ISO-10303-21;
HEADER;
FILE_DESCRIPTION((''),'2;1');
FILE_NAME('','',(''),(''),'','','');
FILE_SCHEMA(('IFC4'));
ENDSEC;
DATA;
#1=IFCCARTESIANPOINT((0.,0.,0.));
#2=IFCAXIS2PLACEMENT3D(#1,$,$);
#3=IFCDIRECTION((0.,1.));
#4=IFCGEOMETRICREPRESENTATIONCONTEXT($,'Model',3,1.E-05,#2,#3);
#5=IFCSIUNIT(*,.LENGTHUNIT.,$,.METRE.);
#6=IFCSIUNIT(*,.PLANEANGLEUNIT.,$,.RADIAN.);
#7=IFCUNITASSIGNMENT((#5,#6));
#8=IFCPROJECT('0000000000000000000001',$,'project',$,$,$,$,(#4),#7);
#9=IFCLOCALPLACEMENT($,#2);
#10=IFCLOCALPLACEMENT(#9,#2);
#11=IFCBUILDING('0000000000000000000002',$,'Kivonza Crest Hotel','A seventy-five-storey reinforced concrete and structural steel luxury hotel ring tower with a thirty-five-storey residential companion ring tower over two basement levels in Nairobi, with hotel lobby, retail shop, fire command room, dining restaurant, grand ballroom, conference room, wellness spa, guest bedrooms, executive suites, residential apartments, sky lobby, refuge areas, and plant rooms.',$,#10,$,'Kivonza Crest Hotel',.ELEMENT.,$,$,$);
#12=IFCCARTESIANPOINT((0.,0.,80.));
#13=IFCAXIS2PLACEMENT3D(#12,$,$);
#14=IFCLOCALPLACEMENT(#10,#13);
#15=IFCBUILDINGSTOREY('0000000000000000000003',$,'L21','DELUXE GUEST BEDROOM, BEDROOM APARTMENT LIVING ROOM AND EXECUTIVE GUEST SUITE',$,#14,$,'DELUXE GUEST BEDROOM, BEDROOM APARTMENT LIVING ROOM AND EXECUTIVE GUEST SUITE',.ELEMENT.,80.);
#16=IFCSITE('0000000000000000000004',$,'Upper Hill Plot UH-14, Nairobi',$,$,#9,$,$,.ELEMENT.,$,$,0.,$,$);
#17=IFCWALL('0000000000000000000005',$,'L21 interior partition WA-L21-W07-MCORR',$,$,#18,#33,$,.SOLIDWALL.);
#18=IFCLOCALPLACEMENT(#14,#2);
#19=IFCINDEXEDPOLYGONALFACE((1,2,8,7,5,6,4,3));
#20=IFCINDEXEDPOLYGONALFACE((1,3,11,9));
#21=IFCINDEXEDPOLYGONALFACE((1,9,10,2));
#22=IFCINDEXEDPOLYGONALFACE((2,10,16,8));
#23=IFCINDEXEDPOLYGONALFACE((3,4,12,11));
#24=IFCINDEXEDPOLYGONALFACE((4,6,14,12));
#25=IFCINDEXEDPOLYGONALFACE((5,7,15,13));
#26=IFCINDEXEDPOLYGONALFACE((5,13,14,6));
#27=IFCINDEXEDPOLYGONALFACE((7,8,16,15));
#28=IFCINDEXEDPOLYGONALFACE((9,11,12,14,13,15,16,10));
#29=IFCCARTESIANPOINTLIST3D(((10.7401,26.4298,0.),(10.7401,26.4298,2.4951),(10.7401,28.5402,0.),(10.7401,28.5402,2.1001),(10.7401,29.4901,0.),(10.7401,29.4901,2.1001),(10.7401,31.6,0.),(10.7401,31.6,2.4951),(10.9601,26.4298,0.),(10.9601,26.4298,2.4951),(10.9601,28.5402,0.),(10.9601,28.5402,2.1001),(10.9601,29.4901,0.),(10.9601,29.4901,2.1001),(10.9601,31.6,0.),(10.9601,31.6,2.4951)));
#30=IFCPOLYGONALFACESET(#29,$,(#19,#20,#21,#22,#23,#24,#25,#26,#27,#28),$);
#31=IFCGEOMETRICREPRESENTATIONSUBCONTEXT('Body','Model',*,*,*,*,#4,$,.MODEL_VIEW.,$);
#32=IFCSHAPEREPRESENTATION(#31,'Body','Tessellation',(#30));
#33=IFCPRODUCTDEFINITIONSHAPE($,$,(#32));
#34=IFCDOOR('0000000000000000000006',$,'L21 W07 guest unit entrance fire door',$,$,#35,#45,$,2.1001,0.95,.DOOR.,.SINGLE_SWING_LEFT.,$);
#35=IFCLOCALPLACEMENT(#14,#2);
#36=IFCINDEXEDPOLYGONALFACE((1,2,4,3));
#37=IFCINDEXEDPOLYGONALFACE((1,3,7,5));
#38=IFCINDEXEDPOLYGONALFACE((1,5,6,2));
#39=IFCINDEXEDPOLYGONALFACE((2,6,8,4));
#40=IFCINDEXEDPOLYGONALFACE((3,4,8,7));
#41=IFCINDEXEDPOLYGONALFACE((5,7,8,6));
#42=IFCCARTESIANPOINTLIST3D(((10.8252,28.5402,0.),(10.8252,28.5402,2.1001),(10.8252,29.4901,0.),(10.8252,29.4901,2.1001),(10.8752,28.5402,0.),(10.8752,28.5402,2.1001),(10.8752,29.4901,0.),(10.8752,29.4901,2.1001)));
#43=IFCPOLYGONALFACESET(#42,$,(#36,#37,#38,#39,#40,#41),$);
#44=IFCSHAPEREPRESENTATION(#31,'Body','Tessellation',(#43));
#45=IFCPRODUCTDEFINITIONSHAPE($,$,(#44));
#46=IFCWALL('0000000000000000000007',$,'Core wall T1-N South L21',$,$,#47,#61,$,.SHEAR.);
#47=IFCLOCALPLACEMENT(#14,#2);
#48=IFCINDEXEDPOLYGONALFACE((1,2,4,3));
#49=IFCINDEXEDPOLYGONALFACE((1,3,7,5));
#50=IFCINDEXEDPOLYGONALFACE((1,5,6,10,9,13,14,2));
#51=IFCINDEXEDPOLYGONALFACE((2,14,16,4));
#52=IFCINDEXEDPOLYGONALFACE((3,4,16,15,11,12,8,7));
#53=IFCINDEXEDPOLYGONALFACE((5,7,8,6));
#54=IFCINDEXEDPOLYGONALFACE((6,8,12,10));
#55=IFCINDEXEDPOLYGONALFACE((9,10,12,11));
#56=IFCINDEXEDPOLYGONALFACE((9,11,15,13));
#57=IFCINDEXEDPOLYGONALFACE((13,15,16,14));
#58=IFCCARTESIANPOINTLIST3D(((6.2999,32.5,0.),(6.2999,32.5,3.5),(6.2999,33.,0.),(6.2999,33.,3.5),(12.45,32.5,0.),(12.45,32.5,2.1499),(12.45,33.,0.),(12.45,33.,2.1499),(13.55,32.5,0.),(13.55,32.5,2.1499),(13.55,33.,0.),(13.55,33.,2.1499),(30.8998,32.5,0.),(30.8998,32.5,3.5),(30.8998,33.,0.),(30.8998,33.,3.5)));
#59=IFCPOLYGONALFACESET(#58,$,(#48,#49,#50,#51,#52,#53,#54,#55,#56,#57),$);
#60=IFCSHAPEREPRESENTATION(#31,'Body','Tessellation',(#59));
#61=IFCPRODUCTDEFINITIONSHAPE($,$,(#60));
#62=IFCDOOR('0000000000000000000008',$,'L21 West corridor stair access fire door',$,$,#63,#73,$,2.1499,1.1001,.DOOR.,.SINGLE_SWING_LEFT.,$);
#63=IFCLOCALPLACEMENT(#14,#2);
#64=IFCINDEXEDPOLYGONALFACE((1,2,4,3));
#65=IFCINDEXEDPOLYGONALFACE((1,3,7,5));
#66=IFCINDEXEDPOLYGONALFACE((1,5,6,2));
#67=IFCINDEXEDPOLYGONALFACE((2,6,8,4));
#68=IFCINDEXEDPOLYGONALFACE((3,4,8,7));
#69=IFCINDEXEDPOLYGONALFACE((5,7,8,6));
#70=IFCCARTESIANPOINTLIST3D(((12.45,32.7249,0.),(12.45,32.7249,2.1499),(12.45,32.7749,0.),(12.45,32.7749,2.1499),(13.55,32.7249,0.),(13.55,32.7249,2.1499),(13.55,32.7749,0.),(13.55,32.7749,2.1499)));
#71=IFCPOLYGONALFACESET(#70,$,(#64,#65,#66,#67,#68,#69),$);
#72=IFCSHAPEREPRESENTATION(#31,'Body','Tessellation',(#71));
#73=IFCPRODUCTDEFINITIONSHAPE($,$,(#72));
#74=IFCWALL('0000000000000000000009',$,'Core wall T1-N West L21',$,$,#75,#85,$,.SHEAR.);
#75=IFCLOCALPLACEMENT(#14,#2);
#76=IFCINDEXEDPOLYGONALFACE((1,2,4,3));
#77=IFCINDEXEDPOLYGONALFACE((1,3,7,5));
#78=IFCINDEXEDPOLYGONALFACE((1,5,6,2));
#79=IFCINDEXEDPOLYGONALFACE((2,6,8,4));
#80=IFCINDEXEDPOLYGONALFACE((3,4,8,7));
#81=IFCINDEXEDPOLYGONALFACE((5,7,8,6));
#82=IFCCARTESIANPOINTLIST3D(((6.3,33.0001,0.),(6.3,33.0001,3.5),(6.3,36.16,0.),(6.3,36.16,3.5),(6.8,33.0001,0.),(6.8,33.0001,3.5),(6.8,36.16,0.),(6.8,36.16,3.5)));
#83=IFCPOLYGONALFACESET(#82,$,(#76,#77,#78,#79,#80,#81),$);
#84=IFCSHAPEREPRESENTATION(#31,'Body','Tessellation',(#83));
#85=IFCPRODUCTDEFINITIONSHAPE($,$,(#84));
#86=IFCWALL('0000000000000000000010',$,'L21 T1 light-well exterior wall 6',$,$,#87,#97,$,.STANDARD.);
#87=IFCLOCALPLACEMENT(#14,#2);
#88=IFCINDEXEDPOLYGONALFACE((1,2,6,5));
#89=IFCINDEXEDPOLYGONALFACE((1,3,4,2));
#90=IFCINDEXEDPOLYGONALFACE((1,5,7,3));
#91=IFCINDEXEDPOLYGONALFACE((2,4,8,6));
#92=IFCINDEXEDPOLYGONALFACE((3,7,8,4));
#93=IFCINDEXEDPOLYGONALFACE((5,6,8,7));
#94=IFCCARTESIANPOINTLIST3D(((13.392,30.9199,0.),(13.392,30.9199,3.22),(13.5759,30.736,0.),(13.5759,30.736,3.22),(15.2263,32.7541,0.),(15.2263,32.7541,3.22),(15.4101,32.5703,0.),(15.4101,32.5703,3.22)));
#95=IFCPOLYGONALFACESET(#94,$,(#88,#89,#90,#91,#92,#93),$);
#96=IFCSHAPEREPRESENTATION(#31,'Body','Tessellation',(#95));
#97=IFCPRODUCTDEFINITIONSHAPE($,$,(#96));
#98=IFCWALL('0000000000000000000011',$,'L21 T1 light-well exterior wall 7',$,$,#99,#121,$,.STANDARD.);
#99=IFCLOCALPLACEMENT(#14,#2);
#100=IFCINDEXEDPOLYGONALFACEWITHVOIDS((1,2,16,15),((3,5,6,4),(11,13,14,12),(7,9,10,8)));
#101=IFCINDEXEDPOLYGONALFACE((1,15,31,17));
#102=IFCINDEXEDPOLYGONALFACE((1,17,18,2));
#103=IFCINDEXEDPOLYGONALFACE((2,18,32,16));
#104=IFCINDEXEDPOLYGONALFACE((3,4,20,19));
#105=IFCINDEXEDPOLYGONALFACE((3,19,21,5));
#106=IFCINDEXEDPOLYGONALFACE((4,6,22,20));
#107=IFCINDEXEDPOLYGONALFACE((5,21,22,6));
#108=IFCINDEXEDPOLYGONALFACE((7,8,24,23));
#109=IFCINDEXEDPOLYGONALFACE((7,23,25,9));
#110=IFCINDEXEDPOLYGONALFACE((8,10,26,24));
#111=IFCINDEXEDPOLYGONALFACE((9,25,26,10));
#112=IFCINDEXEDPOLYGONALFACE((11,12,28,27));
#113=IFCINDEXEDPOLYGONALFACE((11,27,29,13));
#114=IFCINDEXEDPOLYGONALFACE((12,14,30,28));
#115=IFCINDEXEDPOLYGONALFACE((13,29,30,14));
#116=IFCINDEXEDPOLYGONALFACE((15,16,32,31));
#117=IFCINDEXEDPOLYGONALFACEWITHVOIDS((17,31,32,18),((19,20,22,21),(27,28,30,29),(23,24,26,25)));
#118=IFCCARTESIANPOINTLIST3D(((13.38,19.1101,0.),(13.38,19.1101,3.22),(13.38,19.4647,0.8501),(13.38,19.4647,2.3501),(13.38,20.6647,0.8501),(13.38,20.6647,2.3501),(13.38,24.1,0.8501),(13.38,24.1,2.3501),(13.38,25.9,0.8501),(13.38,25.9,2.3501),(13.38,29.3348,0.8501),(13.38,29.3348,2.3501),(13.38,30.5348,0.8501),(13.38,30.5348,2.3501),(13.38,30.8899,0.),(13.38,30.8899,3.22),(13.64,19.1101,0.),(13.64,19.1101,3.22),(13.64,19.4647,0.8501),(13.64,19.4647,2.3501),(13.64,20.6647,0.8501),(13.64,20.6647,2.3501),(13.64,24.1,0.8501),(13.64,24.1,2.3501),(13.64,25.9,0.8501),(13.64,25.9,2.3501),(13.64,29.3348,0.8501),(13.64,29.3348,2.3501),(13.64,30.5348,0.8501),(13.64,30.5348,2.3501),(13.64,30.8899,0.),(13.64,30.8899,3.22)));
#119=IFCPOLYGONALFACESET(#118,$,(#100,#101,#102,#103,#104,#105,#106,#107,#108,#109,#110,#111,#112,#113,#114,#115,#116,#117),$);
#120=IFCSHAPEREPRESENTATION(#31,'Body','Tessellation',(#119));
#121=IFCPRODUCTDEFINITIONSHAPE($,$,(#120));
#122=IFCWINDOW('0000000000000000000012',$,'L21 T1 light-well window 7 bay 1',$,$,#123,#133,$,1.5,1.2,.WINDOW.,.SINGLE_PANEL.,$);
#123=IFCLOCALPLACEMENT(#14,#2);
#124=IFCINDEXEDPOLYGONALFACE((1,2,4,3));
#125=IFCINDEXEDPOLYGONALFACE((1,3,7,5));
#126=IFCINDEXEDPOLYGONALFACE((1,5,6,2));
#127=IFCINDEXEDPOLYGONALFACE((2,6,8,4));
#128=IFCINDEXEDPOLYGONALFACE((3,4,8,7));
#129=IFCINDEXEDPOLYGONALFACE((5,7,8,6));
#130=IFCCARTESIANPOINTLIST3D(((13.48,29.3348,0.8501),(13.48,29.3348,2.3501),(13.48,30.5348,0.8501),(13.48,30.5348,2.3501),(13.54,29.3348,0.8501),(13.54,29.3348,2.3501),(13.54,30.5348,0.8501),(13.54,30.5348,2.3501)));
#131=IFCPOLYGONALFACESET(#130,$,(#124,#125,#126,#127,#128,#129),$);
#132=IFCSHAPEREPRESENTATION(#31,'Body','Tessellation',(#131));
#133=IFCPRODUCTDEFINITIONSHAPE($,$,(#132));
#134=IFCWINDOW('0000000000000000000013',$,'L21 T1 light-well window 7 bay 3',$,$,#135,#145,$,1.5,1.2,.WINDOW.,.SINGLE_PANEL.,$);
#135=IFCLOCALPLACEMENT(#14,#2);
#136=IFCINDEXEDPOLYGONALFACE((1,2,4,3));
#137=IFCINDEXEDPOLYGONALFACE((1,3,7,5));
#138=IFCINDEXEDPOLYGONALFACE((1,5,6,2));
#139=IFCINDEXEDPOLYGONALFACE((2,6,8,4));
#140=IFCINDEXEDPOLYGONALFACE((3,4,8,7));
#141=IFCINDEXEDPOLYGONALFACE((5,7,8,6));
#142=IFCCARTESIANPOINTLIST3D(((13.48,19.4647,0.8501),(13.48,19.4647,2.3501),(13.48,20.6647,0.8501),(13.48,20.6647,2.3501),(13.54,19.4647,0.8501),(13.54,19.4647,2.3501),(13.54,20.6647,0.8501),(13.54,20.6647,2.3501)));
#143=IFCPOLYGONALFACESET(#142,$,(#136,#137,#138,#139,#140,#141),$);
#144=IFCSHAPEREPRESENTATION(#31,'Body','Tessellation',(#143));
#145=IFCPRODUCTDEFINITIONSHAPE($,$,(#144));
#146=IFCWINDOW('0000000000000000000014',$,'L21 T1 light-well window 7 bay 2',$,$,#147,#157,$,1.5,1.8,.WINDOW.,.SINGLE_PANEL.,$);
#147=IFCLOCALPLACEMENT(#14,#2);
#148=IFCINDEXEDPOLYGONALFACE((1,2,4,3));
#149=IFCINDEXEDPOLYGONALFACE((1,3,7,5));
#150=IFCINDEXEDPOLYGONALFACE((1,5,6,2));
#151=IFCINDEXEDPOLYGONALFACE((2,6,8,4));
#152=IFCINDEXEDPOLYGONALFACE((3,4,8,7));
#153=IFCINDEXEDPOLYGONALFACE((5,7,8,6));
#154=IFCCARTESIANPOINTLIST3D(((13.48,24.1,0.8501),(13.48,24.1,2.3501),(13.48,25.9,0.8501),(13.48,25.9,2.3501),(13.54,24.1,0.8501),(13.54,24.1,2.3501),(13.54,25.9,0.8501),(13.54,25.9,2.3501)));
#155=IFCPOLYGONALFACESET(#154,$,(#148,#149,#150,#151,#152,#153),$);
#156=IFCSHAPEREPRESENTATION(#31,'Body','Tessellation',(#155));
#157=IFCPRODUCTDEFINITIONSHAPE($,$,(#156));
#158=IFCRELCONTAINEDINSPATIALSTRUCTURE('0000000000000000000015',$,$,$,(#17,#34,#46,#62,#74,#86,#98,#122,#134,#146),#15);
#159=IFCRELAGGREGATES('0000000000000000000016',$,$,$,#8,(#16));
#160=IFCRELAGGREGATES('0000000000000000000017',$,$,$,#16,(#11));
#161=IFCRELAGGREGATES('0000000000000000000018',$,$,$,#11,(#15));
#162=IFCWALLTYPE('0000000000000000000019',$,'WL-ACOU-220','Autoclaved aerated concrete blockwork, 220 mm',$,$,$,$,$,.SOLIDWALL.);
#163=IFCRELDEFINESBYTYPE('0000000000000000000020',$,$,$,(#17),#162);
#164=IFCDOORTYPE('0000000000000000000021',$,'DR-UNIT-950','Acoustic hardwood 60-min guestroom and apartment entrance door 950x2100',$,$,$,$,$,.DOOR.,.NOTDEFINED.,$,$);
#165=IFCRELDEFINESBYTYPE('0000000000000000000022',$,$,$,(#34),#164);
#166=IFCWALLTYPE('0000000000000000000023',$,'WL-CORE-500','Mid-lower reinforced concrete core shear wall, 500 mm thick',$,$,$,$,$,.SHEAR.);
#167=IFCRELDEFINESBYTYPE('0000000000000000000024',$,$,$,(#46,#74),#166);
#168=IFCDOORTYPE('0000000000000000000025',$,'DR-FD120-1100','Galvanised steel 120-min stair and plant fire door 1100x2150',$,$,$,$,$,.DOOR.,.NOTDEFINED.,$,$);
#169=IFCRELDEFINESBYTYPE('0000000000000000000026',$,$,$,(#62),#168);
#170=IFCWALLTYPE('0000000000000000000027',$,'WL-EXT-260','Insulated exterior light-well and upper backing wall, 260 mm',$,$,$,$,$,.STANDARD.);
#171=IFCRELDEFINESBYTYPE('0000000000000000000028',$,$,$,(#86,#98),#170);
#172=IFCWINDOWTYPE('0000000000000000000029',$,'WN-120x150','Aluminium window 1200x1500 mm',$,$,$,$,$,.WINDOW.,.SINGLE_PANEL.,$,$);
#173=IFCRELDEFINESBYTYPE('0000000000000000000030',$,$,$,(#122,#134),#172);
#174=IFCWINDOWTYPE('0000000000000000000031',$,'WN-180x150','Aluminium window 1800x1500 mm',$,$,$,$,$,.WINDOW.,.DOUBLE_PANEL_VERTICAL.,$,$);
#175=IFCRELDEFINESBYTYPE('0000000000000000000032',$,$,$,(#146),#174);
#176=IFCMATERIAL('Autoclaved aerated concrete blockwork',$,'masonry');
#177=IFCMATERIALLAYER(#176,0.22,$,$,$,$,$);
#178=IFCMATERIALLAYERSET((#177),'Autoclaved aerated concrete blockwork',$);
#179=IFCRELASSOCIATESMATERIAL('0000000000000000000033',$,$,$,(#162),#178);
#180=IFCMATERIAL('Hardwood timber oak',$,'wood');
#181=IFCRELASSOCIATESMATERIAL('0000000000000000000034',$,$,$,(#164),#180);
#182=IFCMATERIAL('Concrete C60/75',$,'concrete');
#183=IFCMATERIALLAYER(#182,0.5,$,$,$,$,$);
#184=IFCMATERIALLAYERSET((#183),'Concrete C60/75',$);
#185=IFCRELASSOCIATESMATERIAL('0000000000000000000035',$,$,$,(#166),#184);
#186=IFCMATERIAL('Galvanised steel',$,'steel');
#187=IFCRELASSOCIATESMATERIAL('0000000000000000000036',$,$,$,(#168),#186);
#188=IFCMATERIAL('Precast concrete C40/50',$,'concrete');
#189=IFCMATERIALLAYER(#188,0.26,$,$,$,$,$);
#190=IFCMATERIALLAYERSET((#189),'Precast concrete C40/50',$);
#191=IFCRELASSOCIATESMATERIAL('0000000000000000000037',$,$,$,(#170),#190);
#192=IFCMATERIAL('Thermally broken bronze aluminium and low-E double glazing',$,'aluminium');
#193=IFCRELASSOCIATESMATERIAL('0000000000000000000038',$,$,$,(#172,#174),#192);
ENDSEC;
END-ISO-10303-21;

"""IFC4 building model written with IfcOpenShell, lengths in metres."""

from ifc_helpers import new_model, si_unit, direction, frame, frame_2d, origin, place, context, subcontext, project, spatial, rectangle, extrude, material, layer, layer_set, type_object, element, fill, save


model = new_model("IFC4")

# Units and contexts
model_context = context("Model", 3, precision=1e-05, world=origin(), true_north=direction((0.0, 1.0)))
body_context = subcontext(model_context, "Body", "Model", "MODEL_VIEW")
ifc_project = project(units=[si_unit("LENGTHUNIT", "METRE"), si_unit("PLANEANGLEUNIT", "RADIAN")], contexts=[model_context])

# Site, building, storey
site_placement = place(None, origin())
site = spatial("IfcSite", under=ifc_project, at=site_placement, Name="Upper Hill Plot UH-14, Nairobi", CompositionType="ELEMENT", RefElevation=0.0)
building_placement = place(site_placement, origin())
building = spatial("IfcBuilding", under=site, at=building_placement, Name="Kivonza Crest Hotel", Description="A seventy-five-storey reinforced concrete and structural steel luxury hotel ring tower with a thirty-five-storey residential companion ring tower over two basement levels in Nairobi, with hotel lobby, retail shop, fire command room, dining restaurant, grand ballroom, conference room, wellness spa, guest bedrooms, executive suites, residential apartments, sky lobby, refuge areas, and plant rooms.", LongName="Kivonza Crest Hotel", CompositionType="ELEMENT")
storey_placement = place(building_placement, frame((0.0, 0.0, 80.0)))
storey = spatial("IfcBuildingStorey", under=building, at=storey_placement, Name="L21", Description="DELUXE GUEST BEDROOM, BEDROOM APARTMENT LIVING ROOM AND EXECUTIVE GUEST SUITE", LongName="DELUXE GUEST BEDROOM, BEDROOM APARTMENT LIVING ROOM AND EXECUTIVE GUEST SUITE", CompositionType="ELEMENT", Elevation=80.0)

# Shared definitions
ifc_material_1 = material(Name="Autoclaved aerated concrete blockwork", Category="masonry")
ifc_layer_1 = layer(ifc_material_1, 0.22)
ifc_layer_set_1 = layer_set([ifc_layer_1], Name="Autoclaved aerated concrete blockwork")
wall_type_1 = type_object("IfcWallType", Name="WL-ACOU-220", Description="Autoclaved aerated concrete blockwork, 220 mm", PredefinedType="SOLIDWALL", material=ifc_layer_set_1)

# Walls, openings, doors
wall_1_placement = place(storey_placement, frame((10.8501, 26.4299, 0.0), z_axis=(0.0, 0.0, 1.0), x_axis=(0.0, 1.0, 0.0)))
wall_1 = element("IfcWall", 1, at=wall_1_placement, inside=storey, type_object=wall_type_1, Name="L21 interior partition WA-L21-W07-MCORR", PredefinedType="SOLIDWALL", context=body_context, shape_type="SweptSolid", body=[
    extrude(rectangle(XDim=5.1702, YDim=0.22, at=frame_2d((2.585, 0.0))), origin(), (0.0, 0.0, 1.0), 2.4951),
])
opening_1_placement = place(wall_1_placement, frame((2.1101, 0.0, 0.0)))
opening_1 = element("IfcOpeningElement", 2, at=opening_1_placement, cuts=wall_1, PredefinedType="OPENING", context=body_context, shape_type="SweptSolid", body=[
    extrude(rectangle(XDim=0.95, YDim=2.1001, at=frame_2d((0.4751, 1.05))), frame((0.0, 0.1201, 0.0), z_axis=(0.0, -1.0, 0.0), x_axis=(1.0, 0.0, 0.0)), (0.0, 0.0, 1.0), 0.24),
])
ifc_material_2 = material(Name="Hardwood timber oak", Category="wood")
door_type_1 = type_object("IfcDoorType", Name="DR-UNIT-950", Description="Acoustic hardwood 60-min guestroom and apartment entrance door 950x2100", OperationType="NOTDEFINED", PredefinedType="DOOR", material=ifc_material_2)
door_1_placement = place(opening_1_placement, origin())
door_1 = element("IfcDoor", 3, at=door_1_placement, inside=storey, type_object=door_type_1, Name="L21 W07 guest unit entrance fire door", OperationType="SINGLE_SWING_LEFT", OverallHeight=2.1001, OverallWidth=0.95, PredefinedType="DOOR", context=body_context, shape_type="SweptSolid", body=[
    extrude(rectangle(XDim=0.95, YDim=2.1001, at=frame_2d((0.4751, 1.05))), frame((0.0, 0.0249, 0.0), z_axis=(0.0, -1.0, 0.0), x_axis=(1.0, 0.0, 0.0)), (0.0, 0.0, 1.0), 0.05),
])
fill(opening_1, door_1)
ifc_material_3 = material(Name="Concrete C60/75", Category="concrete")
ifc_layer_2 = layer(ifc_material_3, 0.5)
ifc_layer_set_2 = layer_set([ifc_layer_2], Name="Concrete C60/75")
wall_type_2 = type_object("IfcWallType", Name="WL-CORE-500", Description="Mid-lower reinforced concrete core shear wall, 500 mm thick", PredefinedType="SHEAR", material=ifc_layer_set_2)
wall_2_placement = place(storey_placement, frame((6.3, 32.75, 0.0), z_axis=(0.0, 0.0, 1.0), x_axis=(1.0, 0.0, 0.0)))
wall_2 = element("IfcWall", 4, at=wall_2_placement, inside=storey, type_object=wall_type_2, Name="Core wall T1-N South L21", PredefinedType="SHEAR", context=body_context, shape_type="SweptSolid", body=[
    extrude(rectangle(XDim=24.5999, YDim=0.5, at=frame_2d((12.2998, 0.0))), origin(), (0.0, 0.0, 1.0), 3.5),
])
opening_2_placement = place(wall_2_placement, frame((6.1499, 0.0, 0.0)))
opening_2 = element("IfcOpeningElement", 5, at=opening_2_placement, cuts=wall_2, PredefinedType="OPENING", context=body_context, shape_type="SweptSolid", body=[
    extrude(rectangle(XDim=1.1001, YDim=2.1499, at=frame_2d((0.55, 1.075))), frame((0.0, 0.26, 0.0), z_axis=(0.0, -1.0, 0.0), x_axis=(1.0, 0.0, 0.0)), (0.0, 0.0, 1.0), 0.52),
])
ifc_material_4 = material(Name="Galvanised steel", Category="steel")
door_type_2 = type_object("IfcDoorType", Name="DR-FD120-1100", Description="Galvanised steel 120-min stair and plant fire door 1100x2150", OperationType="NOTDEFINED", PredefinedType="DOOR", material=ifc_material_4)
door_2_placement = place(opening_2_placement, origin())
door_2 = element("IfcDoor", 6, at=door_2_placement, inside=storey, type_object=door_type_2, Name="L21 West corridor stair access fire door", OperationType="SINGLE_SWING_LEFT", OverallHeight=2.1499, OverallWidth=1.1001, PredefinedType="DOOR", context=body_context, shape_type="SweptSolid", body=[
    extrude(rectangle(XDim=1.1001, YDim=2.1499, at=frame_2d((0.55, 1.075))), frame((0.0, 0.0249, 0.0), z_axis=(0.0, -1.0, 0.0), x_axis=(1.0, 0.0, 0.0)), (0.0, 0.0, 1.0), 0.05),
])
fill(opening_2, door_2)

# Walls
wall_3_placement = place(storey_placement, frame((6.55, 33.0, 0.0), z_axis=(0.0, 0.0, 1.0), x_axis=(0.0, 1.0, 0.0)))
element("IfcWall", 7, at=wall_3_placement, inside=storey, type_object=wall_type_2, Name="Core wall T1-N West L21", PredefinedType="SHEAR", context=body_context, shape_type="SweptSolid", body=[
    extrude(rectangle(XDim=3.1599, YDim=0.5, at=frame_2d((1.5801, 0.0))), origin(), (0.0, 0.0, 1.0), 3.5),
])
ifc_material_5 = material(Name="Precast concrete C40/50", Category="concrete")
ifc_layer_3 = layer(ifc_material_5, 0.26)
ifc_layer_set_3 = layer_set([ifc_layer_3], Name="Precast concrete C40/50")
wall_type_3 = type_object("IfcWallType", Name="WL-EXT-260", Description="Insulated exterior light-well and upper backing wall, 260 mm", PredefinedType="STANDARD", material=ifc_layer_set_3)
wall_4_placement = place(storey_placement, frame((15.3181, 32.6621, 0.0), z_axis=(0.0, 0.0, 1.0), x_axis=(-0.707107, -0.707107, 0.0)))
element("IfcWall", 8, at=wall_4_placement, inside=storey, type_object=wall_type_3, Name="L21 T1 light-well exterior wall 6", PredefinedType="STANDARD", context=body_context, shape_type="SweptSolid", body=[
    extrude(rectangle(XDim=2.594, YDim=0.26, at=frame_2d((1.2969, 0.0))), origin(), (0.0, 0.0, 1.0), 3.22),
])

# Wall, openings, windows
wall_5_placement = place(storey_placement, frame((13.51, 30.8899, 0.0), z_axis=(0.0, 0.0, 1.0), x_axis=(0.0, -1.0, 0.0)))
wall_5 = element("IfcWall", 9, at=wall_5_placement, inside=storey, type_object=wall_type_3, Name="L21 T1 light-well exterior wall 7", PredefinedType="STANDARD", context=body_context, shape_type="SweptSolid", body=[
    extrude(rectangle(XDim=11.7798, YDim=0.26, at=frame_2d((5.8899, 0.0))), origin(), (0.0, 0.0, 1.0), 3.22),
])
opening_3_placement = place(wall_5_placement, frame((0.355, 0.0, 0.8501)))
opening_3 = element("IfcOpeningElement", 10, at=opening_3_placement, cuts=wall_5, PredefinedType="OPENING", context=body_context, shape_type="SweptSolid", body=[
    extrude(rectangle(XDim=1.2, YDim=1.5, at=frame_2d((0.6001, 0.75))), frame((0.0, 0.1401, 0.0), z_axis=(0.0, -1.0, 0.0), x_axis=(1.0, 0.0, 0.0)), (0.0, 0.0, 1.0), 0.28),
])
opening_4_placement = place(wall_5_placement, frame((4.99, 0.0, 0.8501)))
opening_4 = element("IfcOpeningElement", 11, at=opening_4_placement, cuts=wall_5, PredefinedType="OPENING", context=body_context, shape_type="SweptSolid", body=[
    extrude(rectangle(XDim=1.8, YDim=1.5, at=frame_2d((0.8999, 0.75))), frame((0.0, 0.1401, 0.0), z_axis=(0.0, -1.0, 0.0), x_axis=(1.0, 0.0, 0.0)), (0.0, 0.0, 1.0), 0.28),
])
opening_5_placement = place(wall_5_placement, frame((10.2251, 0.0, 0.8501)))
opening_5 = element("IfcOpeningElement", 12, at=opening_5_placement, cuts=wall_5, PredefinedType="OPENING", context=body_context, shape_type="SweptSolid", body=[
    extrude(rectangle(XDim=1.2, YDim=1.5, at=frame_2d((0.6001, 0.75))), frame((0.0, 0.1401, 0.0), z_axis=(0.0, -1.0, 0.0), x_axis=(1.0, 0.0, 0.0)), (0.0, 0.0, 1.0), 0.28),
])
ifc_material_6 = material(Name="Thermally broken bronze aluminium and low-E double glazing", Category="aluminium")
window_type_1 = type_object("IfcWindowType", Name="WN-120x150", Description="Aluminium window 1200x1500 mm", PartitioningType="SINGLE_PANEL", PredefinedType="WINDOW", material=ifc_material_6)
window_1_placement = place(opening_3_placement, origin())
window_1 = element("IfcWindow", 13, at=window_1_placement, inside=storey, type_object=window_type_1, Name="L21 T1 light-well window 7 bay 1", OverallHeight=1.5, OverallWidth=1.2, PartitioningType="SINGLE_PANEL", PredefinedType="WINDOW", context=body_context, shape_type="SweptSolid", body=[
    extrude(rectangle(XDim=1.2, YDim=1.5, at=frame_2d((0.6001, 0.75))), frame((0.0, 0.03, 0.0), z_axis=(0.0, -1.0, 0.0), x_axis=(1.0, 0.0, 0.0)), (0.0, 0.0, 1.0), 0.0601),
])
fill(opening_3, window_1)
window_2_placement = place(opening_5_placement, origin())
window_2 = element("IfcWindow", 14, at=window_2_placement, inside=storey, type_object=window_type_1, Name="L21 T1 light-well window 7 bay 3", OverallHeight=1.5, OverallWidth=1.2, PartitioningType="SINGLE_PANEL", PredefinedType="WINDOW", context=body_context, shape_type="SweptSolid", body=[
    extrude(rectangle(XDim=1.2, YDim=1.5, at=frame_2d((0.6001, 0.75))), frame((0.0, 0.03, 0.0), z_axis=(0.0, -1.0, 0.0), x_axis=(1.0, 0.0, 0.0)), (0.0, 0.0, 1.0), 0.0601),
])
fill(opening_5, window_2)
window_type_2 = type_object("IfcWindowType", Name="WN-180x150", Description="Aluminium window 1800x1500 mm", PartitioningType="DOUBLE_PANEL_VERTICAL", PredefinedType="WINDOW", material=ifc_material_6)
window_3_placement = place(opening_4_placement, origin())
window_3 = element("IfcWindow", 15, at=window_3_placement, inside=storey, type_object=window_type_2, Name="L21 T1 light-well window 7 bay 2", OverallHeight=1.5, OverallWidth=1.8, PartitioningType="SINGLE_PANEL", PredefinedType="WINDOW", context=body_context, shape_type="SweptSolid", body=[
    extrude(rectangle(XDim=1.8, YDim=1.5, at=frame_2d((0.8999, 0.75))), frame((0.0, 0.03, 0.0), z_axis=(0.0, -1.0, 0.0), x_axis=(1.0, 0.0, 0.0)), (0.0, 0.0, 1.0), 0.0601),
])
fill(opening_4, window_3)

save(model, "model.ifc")
